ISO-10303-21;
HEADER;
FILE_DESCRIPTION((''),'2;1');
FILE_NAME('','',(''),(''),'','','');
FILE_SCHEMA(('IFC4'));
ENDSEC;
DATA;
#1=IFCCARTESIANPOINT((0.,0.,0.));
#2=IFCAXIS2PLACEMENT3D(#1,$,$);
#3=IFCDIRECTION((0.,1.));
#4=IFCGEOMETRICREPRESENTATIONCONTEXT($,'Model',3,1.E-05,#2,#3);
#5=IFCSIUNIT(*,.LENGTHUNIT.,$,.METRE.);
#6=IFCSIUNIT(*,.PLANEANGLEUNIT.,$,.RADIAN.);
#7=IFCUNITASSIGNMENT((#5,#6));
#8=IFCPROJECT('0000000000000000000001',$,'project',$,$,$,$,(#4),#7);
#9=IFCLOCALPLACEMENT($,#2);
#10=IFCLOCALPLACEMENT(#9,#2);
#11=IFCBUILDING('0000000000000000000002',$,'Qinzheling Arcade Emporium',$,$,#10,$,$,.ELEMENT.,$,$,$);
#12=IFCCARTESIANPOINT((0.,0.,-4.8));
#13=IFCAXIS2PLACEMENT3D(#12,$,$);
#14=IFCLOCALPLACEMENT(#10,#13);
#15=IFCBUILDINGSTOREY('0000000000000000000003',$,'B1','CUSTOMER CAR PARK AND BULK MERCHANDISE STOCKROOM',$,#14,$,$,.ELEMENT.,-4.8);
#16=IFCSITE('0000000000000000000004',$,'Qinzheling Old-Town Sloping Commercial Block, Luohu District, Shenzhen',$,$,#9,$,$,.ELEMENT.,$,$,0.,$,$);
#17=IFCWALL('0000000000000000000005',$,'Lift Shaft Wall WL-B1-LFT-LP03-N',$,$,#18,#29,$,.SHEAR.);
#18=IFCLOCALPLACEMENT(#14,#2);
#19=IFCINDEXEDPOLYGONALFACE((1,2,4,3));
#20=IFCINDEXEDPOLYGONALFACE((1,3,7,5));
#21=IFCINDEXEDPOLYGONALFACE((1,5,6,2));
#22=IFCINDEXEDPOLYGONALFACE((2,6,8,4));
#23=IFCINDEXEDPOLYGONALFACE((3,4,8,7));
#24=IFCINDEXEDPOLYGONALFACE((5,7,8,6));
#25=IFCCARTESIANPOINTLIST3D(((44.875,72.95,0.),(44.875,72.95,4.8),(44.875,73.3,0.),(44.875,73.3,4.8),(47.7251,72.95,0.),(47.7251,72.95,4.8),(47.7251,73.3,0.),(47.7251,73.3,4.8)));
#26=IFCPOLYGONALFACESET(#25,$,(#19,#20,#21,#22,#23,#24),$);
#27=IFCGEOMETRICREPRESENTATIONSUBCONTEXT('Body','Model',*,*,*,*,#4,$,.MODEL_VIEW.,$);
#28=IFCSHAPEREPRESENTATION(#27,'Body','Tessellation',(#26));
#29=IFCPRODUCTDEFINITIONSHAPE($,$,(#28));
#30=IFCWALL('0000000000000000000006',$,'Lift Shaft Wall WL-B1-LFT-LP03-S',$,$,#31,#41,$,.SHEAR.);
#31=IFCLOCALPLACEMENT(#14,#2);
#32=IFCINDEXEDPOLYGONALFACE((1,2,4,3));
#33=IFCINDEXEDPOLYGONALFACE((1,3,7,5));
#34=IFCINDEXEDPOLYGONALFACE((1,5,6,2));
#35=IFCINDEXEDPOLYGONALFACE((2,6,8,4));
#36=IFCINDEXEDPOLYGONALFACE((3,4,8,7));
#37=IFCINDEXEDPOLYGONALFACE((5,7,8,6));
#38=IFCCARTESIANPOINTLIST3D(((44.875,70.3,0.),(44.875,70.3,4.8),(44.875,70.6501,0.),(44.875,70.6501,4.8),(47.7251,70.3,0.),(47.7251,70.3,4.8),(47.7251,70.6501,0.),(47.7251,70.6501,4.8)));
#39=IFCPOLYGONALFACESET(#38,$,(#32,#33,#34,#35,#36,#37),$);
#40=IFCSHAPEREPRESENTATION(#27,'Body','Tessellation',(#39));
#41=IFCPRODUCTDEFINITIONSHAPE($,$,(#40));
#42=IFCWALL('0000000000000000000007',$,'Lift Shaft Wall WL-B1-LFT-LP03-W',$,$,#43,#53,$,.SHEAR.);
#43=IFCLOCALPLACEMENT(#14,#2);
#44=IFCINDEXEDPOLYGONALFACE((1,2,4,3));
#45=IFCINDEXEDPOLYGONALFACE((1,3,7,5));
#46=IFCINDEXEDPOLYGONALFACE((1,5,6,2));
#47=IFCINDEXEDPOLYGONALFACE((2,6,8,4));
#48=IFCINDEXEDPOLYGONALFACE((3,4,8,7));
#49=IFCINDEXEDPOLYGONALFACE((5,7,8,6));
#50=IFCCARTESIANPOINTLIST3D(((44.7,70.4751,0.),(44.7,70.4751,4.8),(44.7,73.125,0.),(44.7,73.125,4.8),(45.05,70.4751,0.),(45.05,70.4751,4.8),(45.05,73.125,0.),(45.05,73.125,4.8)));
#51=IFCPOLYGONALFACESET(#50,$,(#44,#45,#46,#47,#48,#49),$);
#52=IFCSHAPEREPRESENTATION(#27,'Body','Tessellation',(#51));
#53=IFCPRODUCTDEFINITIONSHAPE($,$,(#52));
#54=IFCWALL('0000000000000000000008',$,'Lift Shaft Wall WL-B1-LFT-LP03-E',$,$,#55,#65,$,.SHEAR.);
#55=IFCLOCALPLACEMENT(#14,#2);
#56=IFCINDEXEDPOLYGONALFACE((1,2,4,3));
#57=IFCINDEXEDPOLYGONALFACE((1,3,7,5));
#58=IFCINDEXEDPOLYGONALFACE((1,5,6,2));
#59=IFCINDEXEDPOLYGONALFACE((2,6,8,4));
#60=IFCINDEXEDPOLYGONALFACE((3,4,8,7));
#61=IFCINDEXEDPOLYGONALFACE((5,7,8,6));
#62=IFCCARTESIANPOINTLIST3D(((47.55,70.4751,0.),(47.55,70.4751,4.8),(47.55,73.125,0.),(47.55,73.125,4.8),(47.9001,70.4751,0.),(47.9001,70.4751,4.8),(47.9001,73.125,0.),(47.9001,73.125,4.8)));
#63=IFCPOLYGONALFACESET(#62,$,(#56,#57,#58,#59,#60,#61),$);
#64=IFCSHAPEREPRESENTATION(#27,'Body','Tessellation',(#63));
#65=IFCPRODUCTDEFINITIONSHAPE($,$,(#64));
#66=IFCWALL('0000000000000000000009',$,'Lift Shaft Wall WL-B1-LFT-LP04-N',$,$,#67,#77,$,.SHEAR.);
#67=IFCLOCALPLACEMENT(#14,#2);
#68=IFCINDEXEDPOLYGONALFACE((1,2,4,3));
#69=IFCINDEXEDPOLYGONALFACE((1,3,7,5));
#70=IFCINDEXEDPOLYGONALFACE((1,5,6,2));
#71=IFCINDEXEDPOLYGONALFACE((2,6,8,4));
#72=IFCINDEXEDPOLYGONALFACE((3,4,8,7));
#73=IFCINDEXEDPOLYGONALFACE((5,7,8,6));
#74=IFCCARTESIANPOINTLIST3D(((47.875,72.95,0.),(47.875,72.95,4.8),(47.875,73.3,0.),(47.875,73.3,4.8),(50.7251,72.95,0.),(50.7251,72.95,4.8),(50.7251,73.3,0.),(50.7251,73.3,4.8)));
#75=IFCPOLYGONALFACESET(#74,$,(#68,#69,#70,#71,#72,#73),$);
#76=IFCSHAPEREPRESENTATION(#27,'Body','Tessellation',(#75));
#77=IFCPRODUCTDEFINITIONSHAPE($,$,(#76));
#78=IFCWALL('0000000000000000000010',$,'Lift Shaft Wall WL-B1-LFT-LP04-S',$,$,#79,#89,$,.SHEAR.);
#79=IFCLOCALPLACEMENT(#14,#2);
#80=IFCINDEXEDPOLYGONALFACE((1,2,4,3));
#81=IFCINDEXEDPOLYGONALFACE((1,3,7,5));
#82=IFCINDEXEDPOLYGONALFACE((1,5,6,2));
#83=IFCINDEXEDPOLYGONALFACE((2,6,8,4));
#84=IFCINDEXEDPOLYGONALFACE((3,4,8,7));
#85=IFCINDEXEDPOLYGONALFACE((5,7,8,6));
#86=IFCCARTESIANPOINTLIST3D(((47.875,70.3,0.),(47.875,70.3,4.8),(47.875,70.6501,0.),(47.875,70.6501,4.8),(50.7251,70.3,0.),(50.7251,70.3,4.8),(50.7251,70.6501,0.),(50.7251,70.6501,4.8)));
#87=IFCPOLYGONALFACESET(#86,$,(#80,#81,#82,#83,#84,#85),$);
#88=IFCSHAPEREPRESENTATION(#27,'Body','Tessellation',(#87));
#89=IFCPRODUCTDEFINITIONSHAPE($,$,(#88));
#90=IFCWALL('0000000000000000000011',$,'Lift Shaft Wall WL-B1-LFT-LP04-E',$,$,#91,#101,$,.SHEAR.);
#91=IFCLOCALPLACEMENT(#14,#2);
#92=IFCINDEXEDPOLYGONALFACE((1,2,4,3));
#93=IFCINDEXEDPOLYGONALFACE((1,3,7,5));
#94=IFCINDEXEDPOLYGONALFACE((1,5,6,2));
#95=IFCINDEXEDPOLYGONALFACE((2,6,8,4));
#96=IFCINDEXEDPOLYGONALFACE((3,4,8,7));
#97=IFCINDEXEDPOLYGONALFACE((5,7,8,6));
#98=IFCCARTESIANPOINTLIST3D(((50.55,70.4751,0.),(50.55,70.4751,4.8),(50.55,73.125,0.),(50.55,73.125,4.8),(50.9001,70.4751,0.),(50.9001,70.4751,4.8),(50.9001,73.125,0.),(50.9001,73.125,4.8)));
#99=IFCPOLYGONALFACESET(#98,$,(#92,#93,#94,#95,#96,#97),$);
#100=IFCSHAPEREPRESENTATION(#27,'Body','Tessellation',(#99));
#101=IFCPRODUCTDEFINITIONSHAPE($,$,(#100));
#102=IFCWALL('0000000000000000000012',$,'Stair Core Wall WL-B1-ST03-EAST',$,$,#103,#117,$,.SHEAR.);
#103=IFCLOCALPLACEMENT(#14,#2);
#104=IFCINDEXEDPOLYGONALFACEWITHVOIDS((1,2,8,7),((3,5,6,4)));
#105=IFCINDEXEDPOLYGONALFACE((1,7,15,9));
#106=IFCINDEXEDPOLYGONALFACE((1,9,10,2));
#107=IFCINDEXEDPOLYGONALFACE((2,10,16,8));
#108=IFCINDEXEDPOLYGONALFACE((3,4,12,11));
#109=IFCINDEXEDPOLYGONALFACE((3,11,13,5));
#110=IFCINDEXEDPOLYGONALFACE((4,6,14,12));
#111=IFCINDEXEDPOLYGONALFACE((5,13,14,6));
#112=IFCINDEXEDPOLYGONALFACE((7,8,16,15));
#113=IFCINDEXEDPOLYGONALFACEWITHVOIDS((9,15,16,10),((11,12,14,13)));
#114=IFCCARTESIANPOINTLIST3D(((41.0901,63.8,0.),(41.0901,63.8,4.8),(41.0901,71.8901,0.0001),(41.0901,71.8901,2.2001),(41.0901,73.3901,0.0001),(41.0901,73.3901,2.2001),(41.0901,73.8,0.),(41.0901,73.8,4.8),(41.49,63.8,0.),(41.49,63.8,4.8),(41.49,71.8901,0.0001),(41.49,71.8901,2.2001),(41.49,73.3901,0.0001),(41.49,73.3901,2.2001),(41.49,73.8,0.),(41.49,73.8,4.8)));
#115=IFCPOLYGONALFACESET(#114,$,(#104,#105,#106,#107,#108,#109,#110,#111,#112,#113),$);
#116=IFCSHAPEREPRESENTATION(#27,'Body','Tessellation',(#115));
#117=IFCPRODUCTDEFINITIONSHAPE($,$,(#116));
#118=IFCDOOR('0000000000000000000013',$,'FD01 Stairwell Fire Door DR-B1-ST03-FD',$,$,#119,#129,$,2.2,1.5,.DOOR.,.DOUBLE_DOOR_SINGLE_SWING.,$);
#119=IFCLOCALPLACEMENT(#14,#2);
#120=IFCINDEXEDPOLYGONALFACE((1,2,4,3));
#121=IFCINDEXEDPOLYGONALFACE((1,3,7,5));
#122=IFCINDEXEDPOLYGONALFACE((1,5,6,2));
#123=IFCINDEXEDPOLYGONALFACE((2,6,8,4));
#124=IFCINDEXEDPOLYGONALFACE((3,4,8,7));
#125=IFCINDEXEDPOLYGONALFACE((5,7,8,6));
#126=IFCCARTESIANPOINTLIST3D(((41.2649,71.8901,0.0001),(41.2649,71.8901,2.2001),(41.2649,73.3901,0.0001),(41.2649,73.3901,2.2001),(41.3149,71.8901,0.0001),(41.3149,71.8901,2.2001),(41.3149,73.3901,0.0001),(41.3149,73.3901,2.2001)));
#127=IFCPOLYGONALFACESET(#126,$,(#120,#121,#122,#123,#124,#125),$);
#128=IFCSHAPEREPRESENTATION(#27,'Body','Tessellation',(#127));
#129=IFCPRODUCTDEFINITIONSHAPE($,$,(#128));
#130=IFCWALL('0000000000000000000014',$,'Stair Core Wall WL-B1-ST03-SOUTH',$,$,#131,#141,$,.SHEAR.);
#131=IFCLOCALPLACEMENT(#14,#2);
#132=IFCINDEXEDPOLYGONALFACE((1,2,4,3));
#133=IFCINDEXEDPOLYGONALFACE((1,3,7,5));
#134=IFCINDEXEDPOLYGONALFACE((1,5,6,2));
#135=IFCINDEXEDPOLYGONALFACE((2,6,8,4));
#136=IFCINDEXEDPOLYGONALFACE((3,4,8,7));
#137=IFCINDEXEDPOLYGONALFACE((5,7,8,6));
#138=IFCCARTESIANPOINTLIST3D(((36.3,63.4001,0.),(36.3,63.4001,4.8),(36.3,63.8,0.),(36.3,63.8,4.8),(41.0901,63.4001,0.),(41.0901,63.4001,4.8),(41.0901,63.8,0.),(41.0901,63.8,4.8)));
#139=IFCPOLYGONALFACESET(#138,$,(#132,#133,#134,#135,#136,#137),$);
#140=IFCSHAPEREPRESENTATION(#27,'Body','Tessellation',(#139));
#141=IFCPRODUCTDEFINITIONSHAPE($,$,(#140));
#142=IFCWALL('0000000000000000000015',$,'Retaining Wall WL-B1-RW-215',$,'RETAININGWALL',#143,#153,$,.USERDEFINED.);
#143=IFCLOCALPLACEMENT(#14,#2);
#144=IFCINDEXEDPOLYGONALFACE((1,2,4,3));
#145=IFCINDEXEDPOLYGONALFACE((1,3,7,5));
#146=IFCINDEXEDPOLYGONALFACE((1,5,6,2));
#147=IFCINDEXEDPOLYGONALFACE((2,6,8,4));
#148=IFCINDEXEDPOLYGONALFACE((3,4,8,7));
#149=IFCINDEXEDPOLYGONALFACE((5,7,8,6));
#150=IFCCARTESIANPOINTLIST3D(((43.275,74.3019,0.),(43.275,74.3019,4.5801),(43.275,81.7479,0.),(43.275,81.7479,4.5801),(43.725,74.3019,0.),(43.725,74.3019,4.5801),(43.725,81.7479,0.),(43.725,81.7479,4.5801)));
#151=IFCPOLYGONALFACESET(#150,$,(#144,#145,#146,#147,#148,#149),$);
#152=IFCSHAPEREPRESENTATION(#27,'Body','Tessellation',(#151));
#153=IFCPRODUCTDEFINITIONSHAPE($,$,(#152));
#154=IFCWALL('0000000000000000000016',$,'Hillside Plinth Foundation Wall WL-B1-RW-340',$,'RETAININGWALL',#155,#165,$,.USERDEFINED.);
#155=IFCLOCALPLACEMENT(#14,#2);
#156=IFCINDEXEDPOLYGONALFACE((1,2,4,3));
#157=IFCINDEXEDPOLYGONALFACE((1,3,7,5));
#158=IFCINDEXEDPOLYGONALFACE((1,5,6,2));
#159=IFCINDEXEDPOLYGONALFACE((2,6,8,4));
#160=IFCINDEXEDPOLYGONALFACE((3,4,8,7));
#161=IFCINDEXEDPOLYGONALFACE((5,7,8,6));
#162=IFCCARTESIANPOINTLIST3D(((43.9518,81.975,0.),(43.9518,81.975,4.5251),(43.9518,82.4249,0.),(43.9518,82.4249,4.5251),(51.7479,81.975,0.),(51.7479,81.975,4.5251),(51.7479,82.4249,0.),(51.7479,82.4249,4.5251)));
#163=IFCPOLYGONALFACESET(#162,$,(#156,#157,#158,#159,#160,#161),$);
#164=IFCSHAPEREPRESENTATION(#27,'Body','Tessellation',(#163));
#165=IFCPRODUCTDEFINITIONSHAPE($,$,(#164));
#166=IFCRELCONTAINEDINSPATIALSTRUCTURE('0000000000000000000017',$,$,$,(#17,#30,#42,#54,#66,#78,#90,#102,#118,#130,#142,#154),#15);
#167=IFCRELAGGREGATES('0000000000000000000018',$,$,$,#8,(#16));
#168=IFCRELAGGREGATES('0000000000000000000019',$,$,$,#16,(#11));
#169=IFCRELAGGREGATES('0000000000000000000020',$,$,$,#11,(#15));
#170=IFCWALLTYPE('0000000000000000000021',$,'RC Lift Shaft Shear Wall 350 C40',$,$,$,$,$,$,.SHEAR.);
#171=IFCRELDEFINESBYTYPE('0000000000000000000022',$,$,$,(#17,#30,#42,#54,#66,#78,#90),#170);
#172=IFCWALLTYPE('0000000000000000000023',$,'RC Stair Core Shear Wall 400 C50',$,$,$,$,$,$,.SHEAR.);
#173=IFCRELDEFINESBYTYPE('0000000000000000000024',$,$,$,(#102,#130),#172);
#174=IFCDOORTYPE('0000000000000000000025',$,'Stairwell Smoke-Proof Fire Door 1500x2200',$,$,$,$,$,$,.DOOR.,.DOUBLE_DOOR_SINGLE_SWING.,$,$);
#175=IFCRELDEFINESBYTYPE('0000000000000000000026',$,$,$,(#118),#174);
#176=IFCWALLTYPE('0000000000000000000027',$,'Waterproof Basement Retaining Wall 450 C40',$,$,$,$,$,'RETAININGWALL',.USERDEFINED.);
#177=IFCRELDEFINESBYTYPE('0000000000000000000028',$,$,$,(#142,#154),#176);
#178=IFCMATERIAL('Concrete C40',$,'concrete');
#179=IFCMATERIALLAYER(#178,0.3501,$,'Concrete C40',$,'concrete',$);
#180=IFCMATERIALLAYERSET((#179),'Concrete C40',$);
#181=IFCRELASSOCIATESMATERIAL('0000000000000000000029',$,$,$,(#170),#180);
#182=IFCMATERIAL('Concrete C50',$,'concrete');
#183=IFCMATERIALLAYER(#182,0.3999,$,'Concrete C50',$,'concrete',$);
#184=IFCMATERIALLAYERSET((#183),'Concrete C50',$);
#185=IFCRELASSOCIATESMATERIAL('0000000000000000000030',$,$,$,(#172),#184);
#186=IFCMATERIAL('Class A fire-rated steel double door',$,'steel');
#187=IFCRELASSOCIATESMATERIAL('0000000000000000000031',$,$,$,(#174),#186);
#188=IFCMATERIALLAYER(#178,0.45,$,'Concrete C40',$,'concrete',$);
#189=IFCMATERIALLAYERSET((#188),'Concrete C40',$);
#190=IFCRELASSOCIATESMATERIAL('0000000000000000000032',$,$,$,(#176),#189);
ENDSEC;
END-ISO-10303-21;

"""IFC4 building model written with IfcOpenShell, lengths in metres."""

from ifc_helpers import new_model, si_unit, direction, frame, frame_2d, origin, place, context, subcontext, project, spatial, rectangle, extrude, material, layer, layer_set, type_object, element, fill, save


model = new_model("IFC4")

# Units and contexts
model_context = context("Model", 3, precision=1e-05, world=origin(), true_north=direction((0.0, 1.0)))
body_context = subcontext(model_context, "Body", "Model", "MODEL_VIEW")
ifc_project = project(units=[si_unit("LENGTHUNIT", "METRE"), si_unit("PLANEANGLEUNIT", "RADIAN")], contexts=[model_context])

# Site, building, storey
site_placement = place(None, origin())
site = spatial("IfcSite", under=ifc_project, at=site_placement, Name="Qinzheling Old-Town Sloping Commercial Block, Luohu District, Shenzhen", CompositionType="ELEMENT", RefElevation=0.0)
building_placement = place(site_placement, origin())
building = spatial("IfcBuilding", under=site, at=building_placement, Name="Qinzheling Arcade Emporium", CompositionType="ELEMENT")
storey_placement = place(building_placement, frame((0.0, 0.0, -4.8)))
storey = spatial("IfcBuildingStorey", under=building, at=storey_placement, Name="B1", Description="CUSTOMER CAR PARK AND BULK MERCHANDISE STOCKROOM", CompositionType="ELEMENT", Elevation=-4.8)

# Shared definitions
ifc_material_1 = material(Name="Concrete C50", Category="concrete")

# Shared definitions
ifc_material_2 = material(Name="Concrete C40", Category="concrete")

# Walls
ifc_layer_1 = layer(ifc_material_2, 0.3501, Name="Concrete C40", Category="concrete")
ifc_layer_set_1 = layer_set([ifc_layer_1], Name="Concrete C40")
wall_type_1 = type_object("IfcWallType", Name="RC Lift Shaft Shear Wall 350 C40", PredefinedType="SHEAR", material=ifc_layer_set_1)
for number, where, z_axis, x_axis, name in (
    (1, (44.875, 73.125, 0.0), (0.0, 0.0, 1.0), (1.0, 0.0, 0.0), "Lift Shaft Wall WL-B1-LFT-LP03-N"),
    (2, (47.7251, 70.4751, 0.0), (0.0, 0.0, 1.0), (-1.0, 0.0, 0.0), "Lift Shaft Wall WL-B1-LFT-LP03-S"),
):
    element("IfcWall", number, at=place(storey_placement, frame(where, z_axis=z_axis, x_axis=x_axis)), inside=storey, type_object=wall_type_1, Name=name, PredefinedType="SHEAR", context=body_context, shape_type="SweptSolid", body=[
        extrude(rectangle(XDim=2.8501, YDim=0.3501, at=frame_2d((1.425, 0.0))), origin(), (0.0, 0.0, 1.0), 4.8),
    ])
for number, where, z_axis, x_axis, name in (
    (3, (44.875, 70.4751, 0.0), (0.0, 0.0, 1.0), (0.0, 1.0, 0.0), "Lift Shaft Wall WL-B1-LFT-LP03-W"),
    (4, (47.7251, 73.125, 0.0), (0.0, 0.0, 1.0), (0.0, -1.0, 0.0), "Lift Shaft Wall WL-B1-LFT-LP03-E"),
):
    element("IfcWall", number, at=place(storey_placement, frame(where, z_axis=z_axis, x_axis=x_axis)), inside=storey, type_object=wall_type_1, Name=name, PredefinedType="SHEAR", context=body_context, shape_type="SweptSolid", body=[
        extrude(rectangle(XDim=2.6499, YDim=0.3501, at=frame_2d((1.325, 0.0))), origin(), (0.0, 0.0, 1.0), 4.8),
    ])
for number, where, z_axis, x_axis, name in (
    (5, (47.875, 73.125, 0.0), (0.0, 0.0, 1.0), (1.0, 0.0, 0.0), "Lift Shaft Wall WL-B1-LFT-LP04-N"),
    (6, (50.7251, 70.4751, 0.0), (0.0, 0.0, 1.0), (-1.0, 0.0, 0.0), "Lift Shaft Wall WL-B1-LFT-LP04-S"),
):
    element("IfcWall", number, at=place(storey_placement, frame(where, z_axis=z_axis, x_axis=x_axis)), inside=storey, type_object=wall_type_1, Name=name, PredefinedType="SHEAR", context=body_context, shape_type="SweptSolid", body=[
        extrude(rectangle(XDim=2.8501, YDim=0.3501, at=frame_2d((1.425, 0.0))), origin(), (0.0, 0.0, 1.0), 4.8),
    ])
wall_1_placement = place(storey_placement, frame((50.7251, 73.125, 0.0), z_axis=(0.0, 0.0, 1.0), x_axis=(0.0, -1.0, 0.0)))
element("IfcWall", 7, at=wall_1_placement, inside=storey, type_object=wall_type_1, Name="Lift Shaft Wall WL-B1-LFT-LP04-E", PredefinedType="SHEAR", context=body_context, shape_type="SweptSolid", body=[
    extrude(rectangle(XDim=2.6499, YDim=0.3501, at=frame_2d((1.325, 0.0))), origin(), (0.0, 0.0, 1.0), 4.8),
])

# Wall, opening, door
ifc_layer_2 = layer(ifc_material_1, 0.3999, Name="Concrete C50", Category="concrete")
ifc_layer_set_2 = layer_set([ifc_layer_2], Name="Concrete C50")
wall_type_2 = type_object("IfcWallType", Name="RC Stair Core Shear Wall 400 C50", PredefinedType="SHEAR", material=ifc_layer_set_2)
wall_2_placement = place(storey_placement, frame((41.29, 73.8, 0.0), z_axis=(0.0, 0.0, 1.0), x_axis=(0.0, -1.0, 0.0)))
wall_2 = element("IfcWall", 8, at=wall_2_placement, inside=storey, type_object=wall_type_2, Name="Stair Core Wall WL-B1-ST03-EAST", PredefinedType="SHEAR", context=body_context, shape_type="SweptSolid", body=[
    extrude(rectangle(XDim=10.0, YDim=0.3999, at=frame_2d((5.0, 0.0))), origin(), (0.0, 0.0, 1.0), 4.8),
])
opening_placement = place(wall_2_placement, frame((0.4099, 0.0, 0.0)))
opening = element("IfcOpeningElement", 9, at=opening_placement, cuts=wall_2, PredefinedType="OPENING", context=body_context, shape_type="SweptSolid", body=[
    extrude(rectangle(XDim=1.5, YDim=2.2, at=frame_2d((0.75, 1.1001))), frame((0.0, 0.21, 0.0), z_axis=(0.0, -1.0, 0.0), x_axis=(1.0, 0.0, 0.0)), (0.0, 0.0, 1.0), 0.4199),
])
ifc_material_3 = material(Name="Class A fire-rated steel double door", Category="steel")
door_type = type_object("IfcDoorType", Name="Stairwell Smoke-Proof Fire Door 1500x2200", OperationType="DOUBLE_DOOR_SINGLE_SWING", PredefinedType="DOOR", material=ifc_material_3)
door_placement = place(opening_placement, origin())
door = element("IfcDoor", 10, at=door_placement, inside=storey, type_object=door_type, Name="FD01 Stairwell Fire Door DR-B1-ST03-FD", OperationType="DOUBLE_DOOR_SINGLE_SWING", OverallHeight=2.2, OverallWidth=1.5, PredefinedType="DOOR", context=body_context, shape_type="SweptSolid", body=[
    extrude(rectangle(XDim=1.5, YDim=2.2, at=frame_2d((0.75, 1.1001))), frame((0.0, 0.0249, 0.0), z_axis=(0.0, -1.0, 0.0), x_axis=(1.0, 0.0, 0.0)), (0.0, 0.0, 1.0), 0.05),
])
fill(opening, door)

# Walls
wall_3_placement = place(storey_placement, frame((41.0901, 63.6001, 0.0), z_axis=(0.0, 0.0, 1.0), x_axis=(-1.0, 0.0, 0.0)))
element("IfcWall", 11, at=wall_3_placement, inside=storey, type_object=wall_type_2, Name="Stair Core Wall WL-B1-ST03-SOUTH", PredefinedType="SHEAR", context=body_context, shape_type="SweptSolid", body=[
    extrude(rectangle(XDim=4.79, YDim=0.3999, at=frame_2d((2.395, 0.0))), origin(), (0.0, 0.0, 1.0), 4.8),
])
ifc_layer_3 = layer(ifc_material_2, 0.45, Name="Concrete C40", Category="concrete")
ifc_layer_set_3 = layer_set([ifc_layer_3], Name="Concrete C40")
wall_type_3 = type_object("IfcWallType", Name="Waterproof Basement Retaining Wall 450 C40", ElementType="RETAININGWALL", PredefinedType="USERDEFINED", material=ifc_layer_set_3)
wall_4_placement = place(storey_placement, frame((43.5, 81.748, 0.0), z_axis=(0.0, 0.0, 1.0), x_axis=(0.0, -1.0, 0.0)))
element("IfcWall", 12, at=wall_4_placement, inside=storey, type_object=wall_type_3, Name="Retaining Wall WL-B1-RW-215", ObjectType="RETAININGWALL", PredefinedType="USERDEFINED", context=body_context, shape_type="SweptSolid", body=[
    extrude(rectangle(XDim=7.446, YDim=0.45, at=frame_2d((3.7231, 0.0))), origin(), (0.0, 0.0, 1.0), 4.5801),
])
wall_5_placement = place(storey_placement, frame((43.9519, 82.2, 0.0), z_axis=(0.0, 0.0, 1.0), x_axis=(1.0, 0.0, 0.0)))
element("IfcWall", 13, at=wall_5_placement, inside=storey, type_object=wall_type_3, Name="Hillside Plinth Foundation Wall WL-B1-RW-340", ObjectType="RETAININGWALL", PredefinedType="USERDEFINED", context=body_context, shape_type="SweptSolid", body=[
    extrude(rectangle(XDim=7.7961, YDim=0.45, at=frame_2d((3.8979, 0.0))), origin(), (0.0, 0.0, 1.0), 4.5251),
])

save(model, "model.ifc")
